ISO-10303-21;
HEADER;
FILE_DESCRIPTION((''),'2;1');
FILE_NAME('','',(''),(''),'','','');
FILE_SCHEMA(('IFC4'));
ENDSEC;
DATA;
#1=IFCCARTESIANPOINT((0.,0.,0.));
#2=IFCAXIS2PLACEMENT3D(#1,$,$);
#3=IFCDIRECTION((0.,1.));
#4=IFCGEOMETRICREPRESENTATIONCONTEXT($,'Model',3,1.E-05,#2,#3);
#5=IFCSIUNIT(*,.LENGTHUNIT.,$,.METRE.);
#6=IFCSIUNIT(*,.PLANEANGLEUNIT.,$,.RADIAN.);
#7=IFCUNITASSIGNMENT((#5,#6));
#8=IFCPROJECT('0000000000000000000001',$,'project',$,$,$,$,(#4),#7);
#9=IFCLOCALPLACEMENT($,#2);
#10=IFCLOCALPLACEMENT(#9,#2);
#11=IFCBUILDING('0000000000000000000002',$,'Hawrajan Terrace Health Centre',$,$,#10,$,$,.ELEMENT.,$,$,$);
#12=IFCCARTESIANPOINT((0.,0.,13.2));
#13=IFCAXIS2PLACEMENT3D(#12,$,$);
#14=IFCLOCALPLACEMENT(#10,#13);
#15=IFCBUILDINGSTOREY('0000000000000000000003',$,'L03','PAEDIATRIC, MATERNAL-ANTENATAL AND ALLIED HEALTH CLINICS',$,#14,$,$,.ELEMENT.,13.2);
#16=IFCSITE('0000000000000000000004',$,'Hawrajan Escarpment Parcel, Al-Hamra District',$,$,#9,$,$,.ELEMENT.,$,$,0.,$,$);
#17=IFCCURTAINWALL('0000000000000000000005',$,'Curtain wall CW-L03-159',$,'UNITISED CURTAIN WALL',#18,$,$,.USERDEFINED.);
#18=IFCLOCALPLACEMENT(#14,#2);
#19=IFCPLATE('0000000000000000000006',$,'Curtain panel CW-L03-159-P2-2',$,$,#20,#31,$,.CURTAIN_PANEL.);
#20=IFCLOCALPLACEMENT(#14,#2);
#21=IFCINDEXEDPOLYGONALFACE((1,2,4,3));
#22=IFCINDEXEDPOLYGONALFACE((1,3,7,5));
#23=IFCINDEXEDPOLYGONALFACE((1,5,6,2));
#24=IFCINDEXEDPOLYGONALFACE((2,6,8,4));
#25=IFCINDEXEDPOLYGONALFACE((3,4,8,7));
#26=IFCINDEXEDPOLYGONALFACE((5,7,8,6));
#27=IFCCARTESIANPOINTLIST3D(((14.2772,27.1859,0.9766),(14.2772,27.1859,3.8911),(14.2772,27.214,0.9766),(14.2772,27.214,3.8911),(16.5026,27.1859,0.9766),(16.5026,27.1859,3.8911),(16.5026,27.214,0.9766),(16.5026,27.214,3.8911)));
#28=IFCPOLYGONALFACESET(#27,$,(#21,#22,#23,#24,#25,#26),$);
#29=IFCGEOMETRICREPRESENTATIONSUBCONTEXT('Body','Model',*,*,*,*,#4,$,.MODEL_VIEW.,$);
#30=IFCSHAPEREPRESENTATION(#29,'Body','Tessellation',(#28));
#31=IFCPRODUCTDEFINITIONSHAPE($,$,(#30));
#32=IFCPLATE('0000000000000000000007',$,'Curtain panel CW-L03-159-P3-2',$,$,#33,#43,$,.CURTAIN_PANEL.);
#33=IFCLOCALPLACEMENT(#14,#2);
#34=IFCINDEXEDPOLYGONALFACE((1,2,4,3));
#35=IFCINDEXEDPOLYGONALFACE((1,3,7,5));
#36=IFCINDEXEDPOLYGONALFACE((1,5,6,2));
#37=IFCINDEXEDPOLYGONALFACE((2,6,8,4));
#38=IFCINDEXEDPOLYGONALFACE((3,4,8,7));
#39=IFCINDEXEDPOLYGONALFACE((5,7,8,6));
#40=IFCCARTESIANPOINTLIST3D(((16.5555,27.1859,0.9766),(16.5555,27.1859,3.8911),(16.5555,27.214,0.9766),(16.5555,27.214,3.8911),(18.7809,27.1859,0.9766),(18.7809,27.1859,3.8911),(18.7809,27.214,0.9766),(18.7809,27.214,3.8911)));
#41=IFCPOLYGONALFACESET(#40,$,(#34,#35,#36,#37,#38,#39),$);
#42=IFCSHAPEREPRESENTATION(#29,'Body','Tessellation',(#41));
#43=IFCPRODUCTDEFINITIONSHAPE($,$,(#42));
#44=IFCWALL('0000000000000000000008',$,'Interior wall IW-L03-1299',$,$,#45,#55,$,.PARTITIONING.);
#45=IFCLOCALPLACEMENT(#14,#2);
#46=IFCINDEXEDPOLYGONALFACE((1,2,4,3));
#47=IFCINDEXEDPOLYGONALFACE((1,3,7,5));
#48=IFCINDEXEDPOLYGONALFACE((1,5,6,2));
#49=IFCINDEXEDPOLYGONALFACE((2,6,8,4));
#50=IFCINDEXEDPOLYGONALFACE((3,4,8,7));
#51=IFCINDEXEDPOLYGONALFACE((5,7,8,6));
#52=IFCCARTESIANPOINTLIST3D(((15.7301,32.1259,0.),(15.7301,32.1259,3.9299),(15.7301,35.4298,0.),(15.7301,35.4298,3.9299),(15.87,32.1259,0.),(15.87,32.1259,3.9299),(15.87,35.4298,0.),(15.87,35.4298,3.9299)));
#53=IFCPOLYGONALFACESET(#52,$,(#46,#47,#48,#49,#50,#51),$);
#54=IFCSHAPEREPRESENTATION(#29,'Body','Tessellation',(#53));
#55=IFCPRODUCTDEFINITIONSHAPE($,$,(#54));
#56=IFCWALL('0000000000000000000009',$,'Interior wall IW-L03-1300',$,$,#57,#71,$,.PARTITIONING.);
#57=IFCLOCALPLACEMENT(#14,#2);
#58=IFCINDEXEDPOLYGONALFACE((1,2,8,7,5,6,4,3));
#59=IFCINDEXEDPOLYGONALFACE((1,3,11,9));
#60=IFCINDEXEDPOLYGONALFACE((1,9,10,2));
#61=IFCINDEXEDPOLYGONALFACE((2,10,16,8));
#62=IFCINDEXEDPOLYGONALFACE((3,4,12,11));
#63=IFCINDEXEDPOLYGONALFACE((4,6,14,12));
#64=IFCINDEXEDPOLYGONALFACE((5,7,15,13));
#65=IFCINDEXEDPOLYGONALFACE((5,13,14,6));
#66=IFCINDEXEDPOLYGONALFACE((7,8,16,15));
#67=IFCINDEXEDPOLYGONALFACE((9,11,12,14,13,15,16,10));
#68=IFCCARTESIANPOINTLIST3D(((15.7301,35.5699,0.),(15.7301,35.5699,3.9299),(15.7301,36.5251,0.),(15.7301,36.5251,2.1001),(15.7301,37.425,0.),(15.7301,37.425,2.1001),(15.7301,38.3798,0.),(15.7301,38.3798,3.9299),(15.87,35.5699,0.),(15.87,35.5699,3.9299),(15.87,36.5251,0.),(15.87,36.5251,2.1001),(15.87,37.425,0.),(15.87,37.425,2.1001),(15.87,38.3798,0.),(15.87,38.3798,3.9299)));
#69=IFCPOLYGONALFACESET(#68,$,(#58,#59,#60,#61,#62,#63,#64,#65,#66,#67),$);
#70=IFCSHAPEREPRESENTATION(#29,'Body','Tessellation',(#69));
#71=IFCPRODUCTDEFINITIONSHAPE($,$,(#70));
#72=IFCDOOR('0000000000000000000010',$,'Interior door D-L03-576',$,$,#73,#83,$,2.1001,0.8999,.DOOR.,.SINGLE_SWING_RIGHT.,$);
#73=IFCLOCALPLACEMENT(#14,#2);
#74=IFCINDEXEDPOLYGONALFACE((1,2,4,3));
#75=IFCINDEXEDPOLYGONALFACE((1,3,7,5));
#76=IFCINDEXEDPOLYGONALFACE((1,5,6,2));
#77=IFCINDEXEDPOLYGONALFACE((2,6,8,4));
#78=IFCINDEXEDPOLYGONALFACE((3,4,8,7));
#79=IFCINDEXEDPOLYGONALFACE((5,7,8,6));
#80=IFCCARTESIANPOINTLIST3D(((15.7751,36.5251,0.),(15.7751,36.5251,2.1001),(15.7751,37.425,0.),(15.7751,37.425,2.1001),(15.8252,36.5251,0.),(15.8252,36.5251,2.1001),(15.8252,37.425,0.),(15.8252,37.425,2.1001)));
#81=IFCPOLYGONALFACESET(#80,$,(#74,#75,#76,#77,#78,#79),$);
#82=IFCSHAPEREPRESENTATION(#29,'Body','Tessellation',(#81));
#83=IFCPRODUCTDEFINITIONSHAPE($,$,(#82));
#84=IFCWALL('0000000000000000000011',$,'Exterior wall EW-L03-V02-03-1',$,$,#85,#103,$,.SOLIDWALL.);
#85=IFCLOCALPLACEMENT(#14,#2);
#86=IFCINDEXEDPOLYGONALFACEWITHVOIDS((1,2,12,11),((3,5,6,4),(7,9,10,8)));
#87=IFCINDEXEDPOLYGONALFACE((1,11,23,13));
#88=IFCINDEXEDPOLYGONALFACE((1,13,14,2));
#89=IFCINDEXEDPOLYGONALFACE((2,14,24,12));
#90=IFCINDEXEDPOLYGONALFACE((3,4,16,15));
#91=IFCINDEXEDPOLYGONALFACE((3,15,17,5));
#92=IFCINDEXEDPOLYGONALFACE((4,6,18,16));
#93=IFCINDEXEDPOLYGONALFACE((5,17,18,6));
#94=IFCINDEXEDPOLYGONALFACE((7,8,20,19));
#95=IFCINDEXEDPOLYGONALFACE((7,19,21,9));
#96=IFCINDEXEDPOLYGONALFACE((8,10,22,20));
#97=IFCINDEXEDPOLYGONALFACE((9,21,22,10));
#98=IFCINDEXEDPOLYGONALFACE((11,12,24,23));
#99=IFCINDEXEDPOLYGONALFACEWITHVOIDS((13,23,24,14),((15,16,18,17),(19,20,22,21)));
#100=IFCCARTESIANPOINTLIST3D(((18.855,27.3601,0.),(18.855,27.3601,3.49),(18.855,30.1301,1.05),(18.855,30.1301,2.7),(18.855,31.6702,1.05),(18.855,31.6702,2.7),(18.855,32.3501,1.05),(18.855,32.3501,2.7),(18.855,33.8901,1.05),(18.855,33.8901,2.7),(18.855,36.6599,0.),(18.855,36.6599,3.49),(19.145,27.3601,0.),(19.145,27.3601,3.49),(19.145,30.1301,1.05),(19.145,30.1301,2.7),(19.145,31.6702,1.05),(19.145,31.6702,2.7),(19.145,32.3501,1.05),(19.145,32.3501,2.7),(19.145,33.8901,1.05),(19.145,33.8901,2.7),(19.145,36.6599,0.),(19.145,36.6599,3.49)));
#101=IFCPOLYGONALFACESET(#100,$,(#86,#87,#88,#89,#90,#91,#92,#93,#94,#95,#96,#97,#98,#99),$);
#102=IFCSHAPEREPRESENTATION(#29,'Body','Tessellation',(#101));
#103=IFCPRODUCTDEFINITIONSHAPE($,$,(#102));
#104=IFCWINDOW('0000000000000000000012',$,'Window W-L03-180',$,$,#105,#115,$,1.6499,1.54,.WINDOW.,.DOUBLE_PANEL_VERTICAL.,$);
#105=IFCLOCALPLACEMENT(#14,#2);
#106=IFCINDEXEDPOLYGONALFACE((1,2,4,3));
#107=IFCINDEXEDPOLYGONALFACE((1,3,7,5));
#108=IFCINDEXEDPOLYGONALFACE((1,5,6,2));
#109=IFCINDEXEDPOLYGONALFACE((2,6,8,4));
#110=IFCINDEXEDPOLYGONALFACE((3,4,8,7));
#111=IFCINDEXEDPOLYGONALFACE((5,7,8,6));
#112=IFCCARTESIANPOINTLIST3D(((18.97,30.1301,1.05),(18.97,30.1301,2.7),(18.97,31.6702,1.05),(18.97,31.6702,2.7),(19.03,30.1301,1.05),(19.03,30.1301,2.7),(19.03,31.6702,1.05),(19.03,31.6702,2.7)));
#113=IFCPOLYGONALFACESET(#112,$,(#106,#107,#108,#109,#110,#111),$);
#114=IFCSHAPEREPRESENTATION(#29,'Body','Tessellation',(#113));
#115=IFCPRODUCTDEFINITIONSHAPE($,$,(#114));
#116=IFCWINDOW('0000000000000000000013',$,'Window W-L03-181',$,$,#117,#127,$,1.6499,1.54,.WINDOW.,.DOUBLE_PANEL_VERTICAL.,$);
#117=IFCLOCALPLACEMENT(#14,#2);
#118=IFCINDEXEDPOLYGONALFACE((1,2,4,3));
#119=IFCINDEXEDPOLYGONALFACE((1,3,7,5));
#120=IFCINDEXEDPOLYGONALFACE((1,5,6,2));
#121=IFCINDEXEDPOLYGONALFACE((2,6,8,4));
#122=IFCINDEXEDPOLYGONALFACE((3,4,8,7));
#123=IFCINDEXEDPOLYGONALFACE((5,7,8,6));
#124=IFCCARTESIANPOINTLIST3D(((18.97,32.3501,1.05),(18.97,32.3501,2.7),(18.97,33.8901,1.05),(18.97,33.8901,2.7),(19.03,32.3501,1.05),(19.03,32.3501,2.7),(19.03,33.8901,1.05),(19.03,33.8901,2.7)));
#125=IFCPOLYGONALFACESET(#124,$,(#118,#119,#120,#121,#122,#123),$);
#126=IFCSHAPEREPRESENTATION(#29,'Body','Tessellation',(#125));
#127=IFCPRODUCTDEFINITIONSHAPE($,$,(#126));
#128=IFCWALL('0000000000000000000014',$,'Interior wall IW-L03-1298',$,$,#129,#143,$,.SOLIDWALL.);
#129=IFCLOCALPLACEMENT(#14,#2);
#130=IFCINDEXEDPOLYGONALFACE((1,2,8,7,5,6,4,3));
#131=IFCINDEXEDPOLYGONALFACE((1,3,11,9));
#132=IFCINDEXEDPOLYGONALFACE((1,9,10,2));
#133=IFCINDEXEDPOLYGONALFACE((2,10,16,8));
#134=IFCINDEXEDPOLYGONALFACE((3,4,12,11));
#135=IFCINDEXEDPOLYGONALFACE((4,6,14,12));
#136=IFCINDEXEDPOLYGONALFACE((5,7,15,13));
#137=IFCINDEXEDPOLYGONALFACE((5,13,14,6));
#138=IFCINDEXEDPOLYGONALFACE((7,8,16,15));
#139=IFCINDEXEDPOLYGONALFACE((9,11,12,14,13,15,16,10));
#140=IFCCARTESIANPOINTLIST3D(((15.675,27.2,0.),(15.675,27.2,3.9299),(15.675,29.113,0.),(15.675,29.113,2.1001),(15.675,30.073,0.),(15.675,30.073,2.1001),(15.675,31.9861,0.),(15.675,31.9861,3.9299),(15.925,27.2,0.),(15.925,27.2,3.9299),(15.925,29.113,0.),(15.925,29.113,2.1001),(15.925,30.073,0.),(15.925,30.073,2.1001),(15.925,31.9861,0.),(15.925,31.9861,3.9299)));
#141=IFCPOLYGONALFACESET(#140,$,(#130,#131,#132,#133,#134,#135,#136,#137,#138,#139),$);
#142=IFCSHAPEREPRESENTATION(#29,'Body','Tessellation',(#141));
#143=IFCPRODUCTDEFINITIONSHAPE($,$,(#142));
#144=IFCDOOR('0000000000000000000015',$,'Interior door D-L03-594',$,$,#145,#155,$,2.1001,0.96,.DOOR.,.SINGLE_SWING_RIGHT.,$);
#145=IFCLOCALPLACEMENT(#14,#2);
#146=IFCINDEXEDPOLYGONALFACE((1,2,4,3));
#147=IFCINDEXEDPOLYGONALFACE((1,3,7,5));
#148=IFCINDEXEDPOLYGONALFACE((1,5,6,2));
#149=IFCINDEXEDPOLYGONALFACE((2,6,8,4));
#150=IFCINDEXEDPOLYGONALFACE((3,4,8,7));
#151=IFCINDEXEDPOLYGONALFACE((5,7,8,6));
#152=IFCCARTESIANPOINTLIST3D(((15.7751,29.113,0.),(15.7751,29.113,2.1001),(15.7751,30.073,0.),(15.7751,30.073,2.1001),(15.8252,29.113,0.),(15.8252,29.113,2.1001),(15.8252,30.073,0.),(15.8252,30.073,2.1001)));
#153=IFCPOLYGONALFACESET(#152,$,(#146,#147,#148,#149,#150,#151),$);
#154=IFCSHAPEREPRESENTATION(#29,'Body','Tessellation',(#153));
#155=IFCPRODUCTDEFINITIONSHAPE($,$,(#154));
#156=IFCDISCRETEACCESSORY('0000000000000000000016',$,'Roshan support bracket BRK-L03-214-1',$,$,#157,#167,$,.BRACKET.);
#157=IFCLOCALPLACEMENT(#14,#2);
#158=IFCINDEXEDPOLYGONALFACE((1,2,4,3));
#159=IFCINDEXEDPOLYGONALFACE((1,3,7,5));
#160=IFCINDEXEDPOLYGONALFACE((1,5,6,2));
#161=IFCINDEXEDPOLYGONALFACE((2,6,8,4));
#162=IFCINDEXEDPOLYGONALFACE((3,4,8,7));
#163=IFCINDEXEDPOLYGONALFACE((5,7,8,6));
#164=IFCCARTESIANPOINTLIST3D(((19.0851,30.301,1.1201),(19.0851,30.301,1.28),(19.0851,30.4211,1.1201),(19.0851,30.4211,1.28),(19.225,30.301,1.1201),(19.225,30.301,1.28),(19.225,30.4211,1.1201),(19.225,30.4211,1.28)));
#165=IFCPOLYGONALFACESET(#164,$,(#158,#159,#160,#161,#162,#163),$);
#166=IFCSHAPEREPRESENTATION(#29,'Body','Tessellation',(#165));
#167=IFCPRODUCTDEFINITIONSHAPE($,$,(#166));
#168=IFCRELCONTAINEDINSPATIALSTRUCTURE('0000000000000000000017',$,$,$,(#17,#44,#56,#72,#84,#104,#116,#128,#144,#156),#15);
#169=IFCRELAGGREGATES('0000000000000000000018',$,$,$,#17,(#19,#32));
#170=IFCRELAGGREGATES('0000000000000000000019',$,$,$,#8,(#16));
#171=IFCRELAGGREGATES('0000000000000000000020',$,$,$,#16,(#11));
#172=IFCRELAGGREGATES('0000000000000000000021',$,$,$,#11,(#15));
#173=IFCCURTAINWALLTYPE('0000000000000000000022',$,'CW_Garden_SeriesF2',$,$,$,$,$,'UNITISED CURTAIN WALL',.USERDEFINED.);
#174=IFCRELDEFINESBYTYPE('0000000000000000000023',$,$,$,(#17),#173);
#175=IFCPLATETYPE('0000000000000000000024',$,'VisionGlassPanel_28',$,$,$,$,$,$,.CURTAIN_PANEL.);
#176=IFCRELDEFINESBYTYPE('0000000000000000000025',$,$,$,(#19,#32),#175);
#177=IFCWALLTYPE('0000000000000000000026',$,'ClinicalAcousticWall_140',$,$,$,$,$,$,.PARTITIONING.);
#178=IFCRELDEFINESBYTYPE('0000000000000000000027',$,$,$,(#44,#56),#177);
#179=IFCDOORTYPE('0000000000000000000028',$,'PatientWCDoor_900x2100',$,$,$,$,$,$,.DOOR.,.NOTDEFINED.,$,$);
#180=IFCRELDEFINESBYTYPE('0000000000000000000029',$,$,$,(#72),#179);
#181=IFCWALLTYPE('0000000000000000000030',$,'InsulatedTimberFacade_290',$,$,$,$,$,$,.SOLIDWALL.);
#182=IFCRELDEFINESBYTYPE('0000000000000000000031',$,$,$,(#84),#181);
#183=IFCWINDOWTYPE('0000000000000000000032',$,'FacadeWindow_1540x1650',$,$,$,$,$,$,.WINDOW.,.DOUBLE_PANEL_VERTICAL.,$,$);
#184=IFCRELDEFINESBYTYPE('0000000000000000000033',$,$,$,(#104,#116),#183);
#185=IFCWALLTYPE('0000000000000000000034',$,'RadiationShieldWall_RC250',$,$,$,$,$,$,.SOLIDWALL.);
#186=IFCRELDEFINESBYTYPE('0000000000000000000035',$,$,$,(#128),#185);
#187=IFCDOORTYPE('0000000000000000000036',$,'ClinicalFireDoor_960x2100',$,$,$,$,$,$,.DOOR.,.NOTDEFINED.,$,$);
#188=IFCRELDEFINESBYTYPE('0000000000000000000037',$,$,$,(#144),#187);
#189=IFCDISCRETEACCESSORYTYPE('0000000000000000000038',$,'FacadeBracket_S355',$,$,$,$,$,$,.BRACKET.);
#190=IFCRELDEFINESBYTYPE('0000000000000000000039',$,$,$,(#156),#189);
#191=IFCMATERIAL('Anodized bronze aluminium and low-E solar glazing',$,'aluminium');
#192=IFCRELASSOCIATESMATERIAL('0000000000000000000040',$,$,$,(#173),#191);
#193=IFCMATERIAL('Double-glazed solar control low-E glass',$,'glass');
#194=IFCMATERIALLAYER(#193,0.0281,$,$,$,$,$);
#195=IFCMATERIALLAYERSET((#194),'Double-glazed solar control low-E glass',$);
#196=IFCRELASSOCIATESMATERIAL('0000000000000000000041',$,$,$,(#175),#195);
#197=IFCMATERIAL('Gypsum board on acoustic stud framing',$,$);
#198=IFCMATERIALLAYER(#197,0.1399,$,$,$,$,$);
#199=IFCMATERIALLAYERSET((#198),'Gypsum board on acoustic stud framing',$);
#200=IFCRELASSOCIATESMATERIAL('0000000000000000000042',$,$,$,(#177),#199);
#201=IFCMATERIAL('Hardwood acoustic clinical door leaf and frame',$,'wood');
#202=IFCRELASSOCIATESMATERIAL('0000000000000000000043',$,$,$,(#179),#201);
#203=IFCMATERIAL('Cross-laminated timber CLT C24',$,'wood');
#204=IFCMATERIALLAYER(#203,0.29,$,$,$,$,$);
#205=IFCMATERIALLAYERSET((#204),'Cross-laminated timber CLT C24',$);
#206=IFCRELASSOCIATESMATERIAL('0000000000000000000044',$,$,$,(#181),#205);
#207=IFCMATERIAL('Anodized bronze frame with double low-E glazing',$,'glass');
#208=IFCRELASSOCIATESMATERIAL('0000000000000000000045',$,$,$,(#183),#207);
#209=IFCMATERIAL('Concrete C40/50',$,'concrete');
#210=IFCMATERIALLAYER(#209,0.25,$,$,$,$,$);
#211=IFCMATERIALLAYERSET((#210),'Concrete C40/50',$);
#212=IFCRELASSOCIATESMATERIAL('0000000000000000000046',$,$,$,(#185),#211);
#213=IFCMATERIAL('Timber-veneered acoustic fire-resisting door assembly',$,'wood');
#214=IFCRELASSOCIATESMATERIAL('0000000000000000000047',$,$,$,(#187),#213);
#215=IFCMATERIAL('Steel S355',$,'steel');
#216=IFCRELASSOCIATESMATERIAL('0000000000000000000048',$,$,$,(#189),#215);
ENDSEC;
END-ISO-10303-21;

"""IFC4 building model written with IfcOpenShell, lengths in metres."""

from ifc_helpers import new_model, si_unit, direction, frame, frame_2d, origin, origin_2d, place, context, subcontext, project, spatial, rectangle, extrude, material, layer, layer_set, type_object, element, fill, aggregate, save


model = new_model("IFC4")

# Units and contexts
model_context = context("Model", 3, precision=1e-05, world=origin(), true_north=direction((0.0, 1.0)))
body_context = subcontext(model_context, "Body", "Model", "MODEL_VIEW")
ifc_project = project(units=[si_unit("LENGTHUNIT", "METRE"), si_unit("PLANEANGLEUNIT", "RADIAN")], contexts=[model_context])

# Site, building, storey
site_placement = place(None, origin())
site = spatial("IfcSite", under=ifc_project, at=site_placement, Name="Hawrajan Escarpment Parcel, Al-Hamra District", CompositionType="ELEMENT", RefElevation=0.0)
building_placement = place(site_placement, origin())
building = spatial("IfcBuilding", under=site, at=building_placement, Name="Hawrajan Terrace Health Centre", CompositionType="ELEMENT")
storey_placement = place(building_placement, frame((0.0, 0.0, 13.2)))
storey = spatial("IfcBuildingStorey", under=building, at=storey_placement, Name="L03", Description="PAEDIATRIC, MATERNAL-ANTENATAL AND ALLIED HEALTH CLINICS", CompositionType="ELEMENT", Elevation=13.2)

# Curtain wall
ifc_material_1 = material(Name="Anodized bronze aluminium and low-E solar glazing", Category="aluminium")
curtain_wall_type = type_object("IfcCurtainWallType", Name="CW_Garden_SeriesF2", ElementType="UNITISED CURTAIN WALL", PredefinedType="USERDEFINED", material=ifc_material_1)
curtain_wall_placement = place(storey_placement, origin())
curtain_wall = element("IfcCurtainWall", 1, at=curtain_wall_placement, inside=storey, type_object=curtain_wall_type, Name="Curtain wall CW-L03-159", ObjectType="UNITISED CURTAIN WALL", PredefinedType="USERDEFINED")

# Plates
ifc_material_2 = material(Name="Double-glazed solar control low-E glass", Category="glass")
ifc_layer_1 = layer(ifc_material_2, 0.0281)
ifc_layer_set_1 = layer_set([ifc_layer_1], Name="Double-glazed solar control low-E glass")
plate_type_1 = type_object("IfcPlateType", Name="VisionGlassPanel_28", PredefinedType="CURTAIN_PANEL", material=ifc_layer_set_1)
plate_1_placement = place(storey_placement, frame((15.3899, 27.2, 0.9766), z_axis=(0.0, 0.0, 1.0), x_axis=(1.0, 0.0, 0.0)))
plate_1 = element("IfcPlate", 2, at=plate_1_placement, type_object=plate_type_1, Name="Curtain panel CW-L03-159-P2-2", PredefinedType="CURTAIN_PANEL", context=body_context, shape_type="SweptSolid", body=[
    extrude(rectangle(XDim=2.2253, YDim=0.0281, at=origin_2d()), origin(), (0.0, 0.0, 1.0), 2.9146),
])
plate_2_placement = place(storey_placement, frame((17.6682, 27.2, 0.9766), z_axis=(0.0, 0.0, 1.0), x_axis=(1.0, 0.0, 0.0)))
plate_2 = element("IfcPlate", 3, at=plate_2_placement, type_object=plate_type_1, Name="Curtain panel CW-L03-159-P3-2", PredefinedType="CURTAIN_PANEL", context=body_context, shape_type="SweptSolid", body=[
    extrude(rectangle(XDim=2.2253, YDim=0.0281, at=origin_2d()), origin(), (0.0, 0.0, 1.0), 2.9146),
])
aggregate(curtain_wall, [plate_1, plate_2])

# Wall
ifc_material_3 = material(Name="Gypsum board on acoustic stud framing")
ifc_layer_2 = layer(ifc_material_3, 0.1399)
ifc_layer_set_2 = layer_set([ifc_layer_2], Name="Gypsum board on acoustic stud framing")
wall_type_1 = type_object("IfcWallType", Name="ClinicalAcousticWall_140", PredefinedType="PARTITIONING", material=ifc_layer_set_2)
wall_1_placement = place(storey_placement, frame((15.8, 32.126, 0.0), z_axis=(0.0, 0.0, 1.0), x_axis=(0.0, 1.0, 0.0)))
element("IfcWall", 4, at=wall_1_placement, inside=storey, type_object=wall_type_1, Name="Interior wall IW-L03-1299", PredefinedType="PARTITIONING", context=body_context, shape_type="SweptSolid", body=[
    extrude(rectangle(XDim=3.304, YDim=0.1399, at=frame_2d((1.6519, 0.0))), origin(), (0.0, 0.0, 1.0), 3.9299),
])

# Wall, opening, door
wall_2_placement = place(storey_placement, frame((15.8, 35.5701, 0.0), z_axis=(0.0, 0.0, 1.0), x_axis=(0.0, 1.0, 0.0)))
wall_2 = element("IfcWall", 5, at=wall_2_placement, inside=storey, type_object=wall_type_1, Name="Interior wall IW-L03-1300", PredefinedType="PARTITIONING", context=body_context, shape_type="SweptSolid", body=[
    extrude(rectangle(XDim=2.8098, YDim=0.1399, at=frame_2d((1.4048, 0.0))), origin(), (0.0, 0.0, 1.0), 3.9299),
])
opening_1_placement = place(wall_2_placement, frame((0.9551, 0.0, 0.0)))
opening_1 = element("IfcOpeningElement", 6, at=opening_1_placement, cuts=wall_2, PredefinedType="OPENING", context=body_context, shape_type="SweptSolid", body=[
    extrude(rectangle(XDim=0.8999, YDim=2.1001, at=frame_2d((0.45, 1.05))), frame((0.0, 0.0798, 0.0), z_axis=(0.0, -1.0, 0.0), x_axis=(1.0, 0.0, 0.0)), (0.0, 0.0, 1.0), 0.1599),
])
ifc_material_4 = material(Name="Hardwood acoustic clinical door leaf and frame", Category="wood")
door_type_1 = type_object("IfcDoorType", Name="PatientWCDoor_900x2100", OperationType="NOTDEFINED", PredefinedType="DOOR", material=ifc_material_4)
door_1_placement = place(opening_1_placement, origin())
door_1 = element("IfcDoor", 7, at=door_1_placement, inside=storey, type_object=door_type_1, Name="Interior door D-L03-576", OperationType="SINGLE_SWING_RIGHT", OverallHeight=2.1001, OverallWidth=0.8999, PredefinedType="DOOR", context=body_context, shape_type="SweptSolid", body=[
    extrude(rectangle(XDim=0.8999, YDim=2.1001, at=frame_2d((0.45, 1.05))), frame((0.0, 0.0249, 0.0), z_axis=(0.0, -1.0, 0.0), x_axis=(1.0, 0.0, 0.0)), (0.0, 0.0, 1.0), 0.05),
])
fill(opening_1, door_1)

# Wall, openings, windows
ifc_material_5 = material(Name="Cross-laminated timber CLT C24", Category="wood")
ifc_layer_3 = layer(ifc_material_5, 0.29)
ifc_layer_set_3 = layer_set([ifc_layer_3], Name="Cross-laminated timber CLT C24")
wall_type_2 = type_object("IfcWallType", Name="InsulatedTimberFacade_290", PredefinedType="SOLIDWALL", material=ifc_layer_set_3)
wall_3_placement = place(storey_placement, frame((19.0, 27.3601, 0.0), z_axis=(0.0, 0.0, 1.0), x_axis=(0.0, 1.0, 0.0)))
wall_3 = element("IfcWall", 8, at=wall_3_placement, inside=storey, type_object=wall_type_2, Name="Exterior wall EW-L03-V02-03-1", PredefinedType="SOLIDWALL", context=body_context, shape_type="SweptSolid", body=[
    extrude(rectangle(XDim=9.2998, YDim=0.29, at=frame_2d((4.6499, 0.0))), origin(), (0.0, 0.0, 1.0), 3.49),
])
opening_2_placement = place(wall_3_placement, frame((2.77, 0.0, 1.05)))
opening_2 = element("IfcOpeningElement", 9, at=opening_2_placement, cuts=wall_3, PredefinedType="OPENING", context=body_context, shape_type="SweptSolid", body=[
    extrude(rectangle(XDim=1.54, YDim=1.6499, at=frame_2d((0.77, 0.825))), frame((0.0, 0.155, 0.0), z_axis=(0.0, -1.0, 0.0), x_axis=(1.0, 0.0, 0.0)), (0.0, 0.0, 1.0), 0.3101),
])
opening_3_placement = place(wall_3_placement, frame((4.99, 0.0, 1.05)))
opening_3 = element("IfcOpeningElement", 10, at=opening_3_placement, cuts=wall_3, PredefinedType="OPENING", context=body_context, shape_type="SweptSolid", body=[
    extrude(rectangle(XDim=1.54, YDim=1.6499, at=frame_2d((0.77, 0.825))), frame((0.0, 0.155, 0.0), z_axis=(0.0, -1.0, 0.0), x_axis=(1.0, 0.0, 0.0)), (0.0, 0.0, 1.0), 0.3101),
])
ifc_material_6 = material(Name="Anodized bronze frame with double low-E glazing", Category="glass")
window_type = type_object("IfcWindowType", Name="FacadeWindow_1540x1650", PartitioningType="DOUBLE_PANEL_VERTICAL", PredefinedType="WINDOW", material=ifc_material_6)
window_1_placement = place(opening_2_placement, origin())
window_1 = element("IfcWindow", 11, at=window_1_placement, inside=storey, type_object=window_type, Name="Window W-L03-180", OverallHeight=1.6499, OverallWidth=1.54, PartitioningType="DOUBLE_PANEL_VERTICAL", PredefinedType="WINDOW", context=body_context, shape_type="SweptSolid", body=[
    extrude(rectangle(XDim=1.54, YDim=1.6499, at=frame_2d((0.77, 0.825))), frame((0.0, 0.03, 0.0), z_axis=(0.0, -1.0, 0.0), x_axis=(1.0, 0.0, 0.0)), (0.0, 0.0, 1.0), 0.0601),
])
fill(opening_2, window_1)
window_2_placement = place(opening_3_placement, origin())
window_2 = element("IfcWindow", 12, at=window_2_placement, inside=storey, type_object=window_type, Name="Window W-L03-181", OverallHeight=1.6499, OverallWidth=1.54, PartitioningType="DOUBLE_PANEL_VERTICAL", PredefinedType="WINDOW", context=body_context, shape_type="SweptSolid", body=[
    extrude(rectangle(XDim=1.54, YDim=1.6499, at=frame_2d((0.77, 0.825))), frame((0.0, 0.03, 0.0), z_axis=(0.0, -1.0, 0.0), x_axis=(1.0, 0.0, 0.0)), (0.0, 0.0, 1.0), 0.0601),
])
fill(opening_3, window_2)

# Wall, opening, door
ifc_material_7 = material(Name="Concrete C40/50", Category="concrete")
ifc_layer_4 = layer(ifc_material_7, 0.25)
ifc_layer_set_4 = layer_set([ifc_layer_4], Name="Concrete C40/50")
wall_type_3 = type_object("IfcWallType", Name="RadiationShieldWall_RC250", PredefinedType="SOLIDWALL", material=ifc_layer_set_4)
wall_4_placement = place(storey_placement, frame((15.8, 27.2, 0.0), z_axis=(0.0, 0.0, 1.0), x_axis=(0.0, 1.0, 0.0)))
wall_4 = element("IfcWall", 13, at=wall_4_placement, inside=storey, type_object=wall_type_3, Name="Interior wall IW-L03-1298", PredefinedType="SOLIDWALL", context=body_context, shape_type="SweptSolid", body=[
    extrude(rectangle(XDim=4.7861, YDim=0.25, at=frame_2d((2.3931, 0.0))), origin(), (0.0, 0.0, 1.0), 3.9299),
])
opening_4_placement = place(wall_4_placement, frame((1.9131, 0.0, 0.0)))
opening_4 = element("IfcOpeningElement", 14, at=opening_4_placement, cuts=wall_4, PredefinedType="OPENING", context=body_context, shape_type="SweptSolid", body=[
    extrude(rectangle(XDim=0.96, YDim=2.1001, at=frame_2d((0.48, 1.05))), frame((0.0, 0.135, 0.0), z_axis=(0.0, -1.0, 0.0), x_axis=(1.0, 0.0, 0.0)), (0.0, 0.0, 1.0), 0.27),
])
ifc_material_8 = material(Name="Timber-veneered acoustic fire-resisting door assembly", Category="wood")
door_type_2 = type_object("IfcDoorType", Name="ClinicalFireDoor_960x2100", OperationType="NOTDEFINED", PredefinedType="DOOR", material=ifc_material_8)
door_2_placement = place(opening_4_placement, origin())
door_2 = element("IfcDoor", 15, at=door_2_placement, inside=storey, type_object=door_type_2, Name="Interior door D-L03-594", OperationType="SINGLE_SWING_RIGHT", OverallHeight=2.1001, OverallWidth=0.96, PredefinedType="DOOR", context=body_context, shape_type="SweptSolid", body=[
    extrude(rectangle(XDim=0.96, YDim=2.1001, at=frame_2d((0.48, 1.05))), frame((0.0, 0.0249, 0.0), z_axis=(0.0, -1.0, 0.0), x_axis=(1.0, 0.0, 0.0)), (0.0, 0.0, 1.0), 0.05),
])
fill(opening_4, door_2)

# Discrete accessory
ifc_material_9 = material(Name="Steel S355", Category="steel")
discrete_accessory_type = type_object("IfcDiscreteAccessoryType", Name="FacadeBracket_S355", PredefinedType="BRACKET", material=ifc_material_9)
for number, where, z_axis, x_axis, name in (
    (16, (19.155, 30.3611, 1.1201), (0.0, 0.0, 1.0), (0.0, 1.0, 0.0), "Roshan support bracket BRK-L03-214-1"),
):
    element("IfcDiscreteAccessory", number, at=place(storey_placement, frame(where, z_axis=z_axis, x_axis=x_axis)), inside=storey, type_object=discrete_accessory_type, Name=name, PredefinedType="BRACKET", context=body_context, shape_type="SweptSolid", body=[
        extrude(rectangle(XDim=0.1201, YDim=0.1399, at=origin_2d()), origin(), (0.0, 0.0, 1.0), 0.1599),
    ])

save(model, "model.ifc")
